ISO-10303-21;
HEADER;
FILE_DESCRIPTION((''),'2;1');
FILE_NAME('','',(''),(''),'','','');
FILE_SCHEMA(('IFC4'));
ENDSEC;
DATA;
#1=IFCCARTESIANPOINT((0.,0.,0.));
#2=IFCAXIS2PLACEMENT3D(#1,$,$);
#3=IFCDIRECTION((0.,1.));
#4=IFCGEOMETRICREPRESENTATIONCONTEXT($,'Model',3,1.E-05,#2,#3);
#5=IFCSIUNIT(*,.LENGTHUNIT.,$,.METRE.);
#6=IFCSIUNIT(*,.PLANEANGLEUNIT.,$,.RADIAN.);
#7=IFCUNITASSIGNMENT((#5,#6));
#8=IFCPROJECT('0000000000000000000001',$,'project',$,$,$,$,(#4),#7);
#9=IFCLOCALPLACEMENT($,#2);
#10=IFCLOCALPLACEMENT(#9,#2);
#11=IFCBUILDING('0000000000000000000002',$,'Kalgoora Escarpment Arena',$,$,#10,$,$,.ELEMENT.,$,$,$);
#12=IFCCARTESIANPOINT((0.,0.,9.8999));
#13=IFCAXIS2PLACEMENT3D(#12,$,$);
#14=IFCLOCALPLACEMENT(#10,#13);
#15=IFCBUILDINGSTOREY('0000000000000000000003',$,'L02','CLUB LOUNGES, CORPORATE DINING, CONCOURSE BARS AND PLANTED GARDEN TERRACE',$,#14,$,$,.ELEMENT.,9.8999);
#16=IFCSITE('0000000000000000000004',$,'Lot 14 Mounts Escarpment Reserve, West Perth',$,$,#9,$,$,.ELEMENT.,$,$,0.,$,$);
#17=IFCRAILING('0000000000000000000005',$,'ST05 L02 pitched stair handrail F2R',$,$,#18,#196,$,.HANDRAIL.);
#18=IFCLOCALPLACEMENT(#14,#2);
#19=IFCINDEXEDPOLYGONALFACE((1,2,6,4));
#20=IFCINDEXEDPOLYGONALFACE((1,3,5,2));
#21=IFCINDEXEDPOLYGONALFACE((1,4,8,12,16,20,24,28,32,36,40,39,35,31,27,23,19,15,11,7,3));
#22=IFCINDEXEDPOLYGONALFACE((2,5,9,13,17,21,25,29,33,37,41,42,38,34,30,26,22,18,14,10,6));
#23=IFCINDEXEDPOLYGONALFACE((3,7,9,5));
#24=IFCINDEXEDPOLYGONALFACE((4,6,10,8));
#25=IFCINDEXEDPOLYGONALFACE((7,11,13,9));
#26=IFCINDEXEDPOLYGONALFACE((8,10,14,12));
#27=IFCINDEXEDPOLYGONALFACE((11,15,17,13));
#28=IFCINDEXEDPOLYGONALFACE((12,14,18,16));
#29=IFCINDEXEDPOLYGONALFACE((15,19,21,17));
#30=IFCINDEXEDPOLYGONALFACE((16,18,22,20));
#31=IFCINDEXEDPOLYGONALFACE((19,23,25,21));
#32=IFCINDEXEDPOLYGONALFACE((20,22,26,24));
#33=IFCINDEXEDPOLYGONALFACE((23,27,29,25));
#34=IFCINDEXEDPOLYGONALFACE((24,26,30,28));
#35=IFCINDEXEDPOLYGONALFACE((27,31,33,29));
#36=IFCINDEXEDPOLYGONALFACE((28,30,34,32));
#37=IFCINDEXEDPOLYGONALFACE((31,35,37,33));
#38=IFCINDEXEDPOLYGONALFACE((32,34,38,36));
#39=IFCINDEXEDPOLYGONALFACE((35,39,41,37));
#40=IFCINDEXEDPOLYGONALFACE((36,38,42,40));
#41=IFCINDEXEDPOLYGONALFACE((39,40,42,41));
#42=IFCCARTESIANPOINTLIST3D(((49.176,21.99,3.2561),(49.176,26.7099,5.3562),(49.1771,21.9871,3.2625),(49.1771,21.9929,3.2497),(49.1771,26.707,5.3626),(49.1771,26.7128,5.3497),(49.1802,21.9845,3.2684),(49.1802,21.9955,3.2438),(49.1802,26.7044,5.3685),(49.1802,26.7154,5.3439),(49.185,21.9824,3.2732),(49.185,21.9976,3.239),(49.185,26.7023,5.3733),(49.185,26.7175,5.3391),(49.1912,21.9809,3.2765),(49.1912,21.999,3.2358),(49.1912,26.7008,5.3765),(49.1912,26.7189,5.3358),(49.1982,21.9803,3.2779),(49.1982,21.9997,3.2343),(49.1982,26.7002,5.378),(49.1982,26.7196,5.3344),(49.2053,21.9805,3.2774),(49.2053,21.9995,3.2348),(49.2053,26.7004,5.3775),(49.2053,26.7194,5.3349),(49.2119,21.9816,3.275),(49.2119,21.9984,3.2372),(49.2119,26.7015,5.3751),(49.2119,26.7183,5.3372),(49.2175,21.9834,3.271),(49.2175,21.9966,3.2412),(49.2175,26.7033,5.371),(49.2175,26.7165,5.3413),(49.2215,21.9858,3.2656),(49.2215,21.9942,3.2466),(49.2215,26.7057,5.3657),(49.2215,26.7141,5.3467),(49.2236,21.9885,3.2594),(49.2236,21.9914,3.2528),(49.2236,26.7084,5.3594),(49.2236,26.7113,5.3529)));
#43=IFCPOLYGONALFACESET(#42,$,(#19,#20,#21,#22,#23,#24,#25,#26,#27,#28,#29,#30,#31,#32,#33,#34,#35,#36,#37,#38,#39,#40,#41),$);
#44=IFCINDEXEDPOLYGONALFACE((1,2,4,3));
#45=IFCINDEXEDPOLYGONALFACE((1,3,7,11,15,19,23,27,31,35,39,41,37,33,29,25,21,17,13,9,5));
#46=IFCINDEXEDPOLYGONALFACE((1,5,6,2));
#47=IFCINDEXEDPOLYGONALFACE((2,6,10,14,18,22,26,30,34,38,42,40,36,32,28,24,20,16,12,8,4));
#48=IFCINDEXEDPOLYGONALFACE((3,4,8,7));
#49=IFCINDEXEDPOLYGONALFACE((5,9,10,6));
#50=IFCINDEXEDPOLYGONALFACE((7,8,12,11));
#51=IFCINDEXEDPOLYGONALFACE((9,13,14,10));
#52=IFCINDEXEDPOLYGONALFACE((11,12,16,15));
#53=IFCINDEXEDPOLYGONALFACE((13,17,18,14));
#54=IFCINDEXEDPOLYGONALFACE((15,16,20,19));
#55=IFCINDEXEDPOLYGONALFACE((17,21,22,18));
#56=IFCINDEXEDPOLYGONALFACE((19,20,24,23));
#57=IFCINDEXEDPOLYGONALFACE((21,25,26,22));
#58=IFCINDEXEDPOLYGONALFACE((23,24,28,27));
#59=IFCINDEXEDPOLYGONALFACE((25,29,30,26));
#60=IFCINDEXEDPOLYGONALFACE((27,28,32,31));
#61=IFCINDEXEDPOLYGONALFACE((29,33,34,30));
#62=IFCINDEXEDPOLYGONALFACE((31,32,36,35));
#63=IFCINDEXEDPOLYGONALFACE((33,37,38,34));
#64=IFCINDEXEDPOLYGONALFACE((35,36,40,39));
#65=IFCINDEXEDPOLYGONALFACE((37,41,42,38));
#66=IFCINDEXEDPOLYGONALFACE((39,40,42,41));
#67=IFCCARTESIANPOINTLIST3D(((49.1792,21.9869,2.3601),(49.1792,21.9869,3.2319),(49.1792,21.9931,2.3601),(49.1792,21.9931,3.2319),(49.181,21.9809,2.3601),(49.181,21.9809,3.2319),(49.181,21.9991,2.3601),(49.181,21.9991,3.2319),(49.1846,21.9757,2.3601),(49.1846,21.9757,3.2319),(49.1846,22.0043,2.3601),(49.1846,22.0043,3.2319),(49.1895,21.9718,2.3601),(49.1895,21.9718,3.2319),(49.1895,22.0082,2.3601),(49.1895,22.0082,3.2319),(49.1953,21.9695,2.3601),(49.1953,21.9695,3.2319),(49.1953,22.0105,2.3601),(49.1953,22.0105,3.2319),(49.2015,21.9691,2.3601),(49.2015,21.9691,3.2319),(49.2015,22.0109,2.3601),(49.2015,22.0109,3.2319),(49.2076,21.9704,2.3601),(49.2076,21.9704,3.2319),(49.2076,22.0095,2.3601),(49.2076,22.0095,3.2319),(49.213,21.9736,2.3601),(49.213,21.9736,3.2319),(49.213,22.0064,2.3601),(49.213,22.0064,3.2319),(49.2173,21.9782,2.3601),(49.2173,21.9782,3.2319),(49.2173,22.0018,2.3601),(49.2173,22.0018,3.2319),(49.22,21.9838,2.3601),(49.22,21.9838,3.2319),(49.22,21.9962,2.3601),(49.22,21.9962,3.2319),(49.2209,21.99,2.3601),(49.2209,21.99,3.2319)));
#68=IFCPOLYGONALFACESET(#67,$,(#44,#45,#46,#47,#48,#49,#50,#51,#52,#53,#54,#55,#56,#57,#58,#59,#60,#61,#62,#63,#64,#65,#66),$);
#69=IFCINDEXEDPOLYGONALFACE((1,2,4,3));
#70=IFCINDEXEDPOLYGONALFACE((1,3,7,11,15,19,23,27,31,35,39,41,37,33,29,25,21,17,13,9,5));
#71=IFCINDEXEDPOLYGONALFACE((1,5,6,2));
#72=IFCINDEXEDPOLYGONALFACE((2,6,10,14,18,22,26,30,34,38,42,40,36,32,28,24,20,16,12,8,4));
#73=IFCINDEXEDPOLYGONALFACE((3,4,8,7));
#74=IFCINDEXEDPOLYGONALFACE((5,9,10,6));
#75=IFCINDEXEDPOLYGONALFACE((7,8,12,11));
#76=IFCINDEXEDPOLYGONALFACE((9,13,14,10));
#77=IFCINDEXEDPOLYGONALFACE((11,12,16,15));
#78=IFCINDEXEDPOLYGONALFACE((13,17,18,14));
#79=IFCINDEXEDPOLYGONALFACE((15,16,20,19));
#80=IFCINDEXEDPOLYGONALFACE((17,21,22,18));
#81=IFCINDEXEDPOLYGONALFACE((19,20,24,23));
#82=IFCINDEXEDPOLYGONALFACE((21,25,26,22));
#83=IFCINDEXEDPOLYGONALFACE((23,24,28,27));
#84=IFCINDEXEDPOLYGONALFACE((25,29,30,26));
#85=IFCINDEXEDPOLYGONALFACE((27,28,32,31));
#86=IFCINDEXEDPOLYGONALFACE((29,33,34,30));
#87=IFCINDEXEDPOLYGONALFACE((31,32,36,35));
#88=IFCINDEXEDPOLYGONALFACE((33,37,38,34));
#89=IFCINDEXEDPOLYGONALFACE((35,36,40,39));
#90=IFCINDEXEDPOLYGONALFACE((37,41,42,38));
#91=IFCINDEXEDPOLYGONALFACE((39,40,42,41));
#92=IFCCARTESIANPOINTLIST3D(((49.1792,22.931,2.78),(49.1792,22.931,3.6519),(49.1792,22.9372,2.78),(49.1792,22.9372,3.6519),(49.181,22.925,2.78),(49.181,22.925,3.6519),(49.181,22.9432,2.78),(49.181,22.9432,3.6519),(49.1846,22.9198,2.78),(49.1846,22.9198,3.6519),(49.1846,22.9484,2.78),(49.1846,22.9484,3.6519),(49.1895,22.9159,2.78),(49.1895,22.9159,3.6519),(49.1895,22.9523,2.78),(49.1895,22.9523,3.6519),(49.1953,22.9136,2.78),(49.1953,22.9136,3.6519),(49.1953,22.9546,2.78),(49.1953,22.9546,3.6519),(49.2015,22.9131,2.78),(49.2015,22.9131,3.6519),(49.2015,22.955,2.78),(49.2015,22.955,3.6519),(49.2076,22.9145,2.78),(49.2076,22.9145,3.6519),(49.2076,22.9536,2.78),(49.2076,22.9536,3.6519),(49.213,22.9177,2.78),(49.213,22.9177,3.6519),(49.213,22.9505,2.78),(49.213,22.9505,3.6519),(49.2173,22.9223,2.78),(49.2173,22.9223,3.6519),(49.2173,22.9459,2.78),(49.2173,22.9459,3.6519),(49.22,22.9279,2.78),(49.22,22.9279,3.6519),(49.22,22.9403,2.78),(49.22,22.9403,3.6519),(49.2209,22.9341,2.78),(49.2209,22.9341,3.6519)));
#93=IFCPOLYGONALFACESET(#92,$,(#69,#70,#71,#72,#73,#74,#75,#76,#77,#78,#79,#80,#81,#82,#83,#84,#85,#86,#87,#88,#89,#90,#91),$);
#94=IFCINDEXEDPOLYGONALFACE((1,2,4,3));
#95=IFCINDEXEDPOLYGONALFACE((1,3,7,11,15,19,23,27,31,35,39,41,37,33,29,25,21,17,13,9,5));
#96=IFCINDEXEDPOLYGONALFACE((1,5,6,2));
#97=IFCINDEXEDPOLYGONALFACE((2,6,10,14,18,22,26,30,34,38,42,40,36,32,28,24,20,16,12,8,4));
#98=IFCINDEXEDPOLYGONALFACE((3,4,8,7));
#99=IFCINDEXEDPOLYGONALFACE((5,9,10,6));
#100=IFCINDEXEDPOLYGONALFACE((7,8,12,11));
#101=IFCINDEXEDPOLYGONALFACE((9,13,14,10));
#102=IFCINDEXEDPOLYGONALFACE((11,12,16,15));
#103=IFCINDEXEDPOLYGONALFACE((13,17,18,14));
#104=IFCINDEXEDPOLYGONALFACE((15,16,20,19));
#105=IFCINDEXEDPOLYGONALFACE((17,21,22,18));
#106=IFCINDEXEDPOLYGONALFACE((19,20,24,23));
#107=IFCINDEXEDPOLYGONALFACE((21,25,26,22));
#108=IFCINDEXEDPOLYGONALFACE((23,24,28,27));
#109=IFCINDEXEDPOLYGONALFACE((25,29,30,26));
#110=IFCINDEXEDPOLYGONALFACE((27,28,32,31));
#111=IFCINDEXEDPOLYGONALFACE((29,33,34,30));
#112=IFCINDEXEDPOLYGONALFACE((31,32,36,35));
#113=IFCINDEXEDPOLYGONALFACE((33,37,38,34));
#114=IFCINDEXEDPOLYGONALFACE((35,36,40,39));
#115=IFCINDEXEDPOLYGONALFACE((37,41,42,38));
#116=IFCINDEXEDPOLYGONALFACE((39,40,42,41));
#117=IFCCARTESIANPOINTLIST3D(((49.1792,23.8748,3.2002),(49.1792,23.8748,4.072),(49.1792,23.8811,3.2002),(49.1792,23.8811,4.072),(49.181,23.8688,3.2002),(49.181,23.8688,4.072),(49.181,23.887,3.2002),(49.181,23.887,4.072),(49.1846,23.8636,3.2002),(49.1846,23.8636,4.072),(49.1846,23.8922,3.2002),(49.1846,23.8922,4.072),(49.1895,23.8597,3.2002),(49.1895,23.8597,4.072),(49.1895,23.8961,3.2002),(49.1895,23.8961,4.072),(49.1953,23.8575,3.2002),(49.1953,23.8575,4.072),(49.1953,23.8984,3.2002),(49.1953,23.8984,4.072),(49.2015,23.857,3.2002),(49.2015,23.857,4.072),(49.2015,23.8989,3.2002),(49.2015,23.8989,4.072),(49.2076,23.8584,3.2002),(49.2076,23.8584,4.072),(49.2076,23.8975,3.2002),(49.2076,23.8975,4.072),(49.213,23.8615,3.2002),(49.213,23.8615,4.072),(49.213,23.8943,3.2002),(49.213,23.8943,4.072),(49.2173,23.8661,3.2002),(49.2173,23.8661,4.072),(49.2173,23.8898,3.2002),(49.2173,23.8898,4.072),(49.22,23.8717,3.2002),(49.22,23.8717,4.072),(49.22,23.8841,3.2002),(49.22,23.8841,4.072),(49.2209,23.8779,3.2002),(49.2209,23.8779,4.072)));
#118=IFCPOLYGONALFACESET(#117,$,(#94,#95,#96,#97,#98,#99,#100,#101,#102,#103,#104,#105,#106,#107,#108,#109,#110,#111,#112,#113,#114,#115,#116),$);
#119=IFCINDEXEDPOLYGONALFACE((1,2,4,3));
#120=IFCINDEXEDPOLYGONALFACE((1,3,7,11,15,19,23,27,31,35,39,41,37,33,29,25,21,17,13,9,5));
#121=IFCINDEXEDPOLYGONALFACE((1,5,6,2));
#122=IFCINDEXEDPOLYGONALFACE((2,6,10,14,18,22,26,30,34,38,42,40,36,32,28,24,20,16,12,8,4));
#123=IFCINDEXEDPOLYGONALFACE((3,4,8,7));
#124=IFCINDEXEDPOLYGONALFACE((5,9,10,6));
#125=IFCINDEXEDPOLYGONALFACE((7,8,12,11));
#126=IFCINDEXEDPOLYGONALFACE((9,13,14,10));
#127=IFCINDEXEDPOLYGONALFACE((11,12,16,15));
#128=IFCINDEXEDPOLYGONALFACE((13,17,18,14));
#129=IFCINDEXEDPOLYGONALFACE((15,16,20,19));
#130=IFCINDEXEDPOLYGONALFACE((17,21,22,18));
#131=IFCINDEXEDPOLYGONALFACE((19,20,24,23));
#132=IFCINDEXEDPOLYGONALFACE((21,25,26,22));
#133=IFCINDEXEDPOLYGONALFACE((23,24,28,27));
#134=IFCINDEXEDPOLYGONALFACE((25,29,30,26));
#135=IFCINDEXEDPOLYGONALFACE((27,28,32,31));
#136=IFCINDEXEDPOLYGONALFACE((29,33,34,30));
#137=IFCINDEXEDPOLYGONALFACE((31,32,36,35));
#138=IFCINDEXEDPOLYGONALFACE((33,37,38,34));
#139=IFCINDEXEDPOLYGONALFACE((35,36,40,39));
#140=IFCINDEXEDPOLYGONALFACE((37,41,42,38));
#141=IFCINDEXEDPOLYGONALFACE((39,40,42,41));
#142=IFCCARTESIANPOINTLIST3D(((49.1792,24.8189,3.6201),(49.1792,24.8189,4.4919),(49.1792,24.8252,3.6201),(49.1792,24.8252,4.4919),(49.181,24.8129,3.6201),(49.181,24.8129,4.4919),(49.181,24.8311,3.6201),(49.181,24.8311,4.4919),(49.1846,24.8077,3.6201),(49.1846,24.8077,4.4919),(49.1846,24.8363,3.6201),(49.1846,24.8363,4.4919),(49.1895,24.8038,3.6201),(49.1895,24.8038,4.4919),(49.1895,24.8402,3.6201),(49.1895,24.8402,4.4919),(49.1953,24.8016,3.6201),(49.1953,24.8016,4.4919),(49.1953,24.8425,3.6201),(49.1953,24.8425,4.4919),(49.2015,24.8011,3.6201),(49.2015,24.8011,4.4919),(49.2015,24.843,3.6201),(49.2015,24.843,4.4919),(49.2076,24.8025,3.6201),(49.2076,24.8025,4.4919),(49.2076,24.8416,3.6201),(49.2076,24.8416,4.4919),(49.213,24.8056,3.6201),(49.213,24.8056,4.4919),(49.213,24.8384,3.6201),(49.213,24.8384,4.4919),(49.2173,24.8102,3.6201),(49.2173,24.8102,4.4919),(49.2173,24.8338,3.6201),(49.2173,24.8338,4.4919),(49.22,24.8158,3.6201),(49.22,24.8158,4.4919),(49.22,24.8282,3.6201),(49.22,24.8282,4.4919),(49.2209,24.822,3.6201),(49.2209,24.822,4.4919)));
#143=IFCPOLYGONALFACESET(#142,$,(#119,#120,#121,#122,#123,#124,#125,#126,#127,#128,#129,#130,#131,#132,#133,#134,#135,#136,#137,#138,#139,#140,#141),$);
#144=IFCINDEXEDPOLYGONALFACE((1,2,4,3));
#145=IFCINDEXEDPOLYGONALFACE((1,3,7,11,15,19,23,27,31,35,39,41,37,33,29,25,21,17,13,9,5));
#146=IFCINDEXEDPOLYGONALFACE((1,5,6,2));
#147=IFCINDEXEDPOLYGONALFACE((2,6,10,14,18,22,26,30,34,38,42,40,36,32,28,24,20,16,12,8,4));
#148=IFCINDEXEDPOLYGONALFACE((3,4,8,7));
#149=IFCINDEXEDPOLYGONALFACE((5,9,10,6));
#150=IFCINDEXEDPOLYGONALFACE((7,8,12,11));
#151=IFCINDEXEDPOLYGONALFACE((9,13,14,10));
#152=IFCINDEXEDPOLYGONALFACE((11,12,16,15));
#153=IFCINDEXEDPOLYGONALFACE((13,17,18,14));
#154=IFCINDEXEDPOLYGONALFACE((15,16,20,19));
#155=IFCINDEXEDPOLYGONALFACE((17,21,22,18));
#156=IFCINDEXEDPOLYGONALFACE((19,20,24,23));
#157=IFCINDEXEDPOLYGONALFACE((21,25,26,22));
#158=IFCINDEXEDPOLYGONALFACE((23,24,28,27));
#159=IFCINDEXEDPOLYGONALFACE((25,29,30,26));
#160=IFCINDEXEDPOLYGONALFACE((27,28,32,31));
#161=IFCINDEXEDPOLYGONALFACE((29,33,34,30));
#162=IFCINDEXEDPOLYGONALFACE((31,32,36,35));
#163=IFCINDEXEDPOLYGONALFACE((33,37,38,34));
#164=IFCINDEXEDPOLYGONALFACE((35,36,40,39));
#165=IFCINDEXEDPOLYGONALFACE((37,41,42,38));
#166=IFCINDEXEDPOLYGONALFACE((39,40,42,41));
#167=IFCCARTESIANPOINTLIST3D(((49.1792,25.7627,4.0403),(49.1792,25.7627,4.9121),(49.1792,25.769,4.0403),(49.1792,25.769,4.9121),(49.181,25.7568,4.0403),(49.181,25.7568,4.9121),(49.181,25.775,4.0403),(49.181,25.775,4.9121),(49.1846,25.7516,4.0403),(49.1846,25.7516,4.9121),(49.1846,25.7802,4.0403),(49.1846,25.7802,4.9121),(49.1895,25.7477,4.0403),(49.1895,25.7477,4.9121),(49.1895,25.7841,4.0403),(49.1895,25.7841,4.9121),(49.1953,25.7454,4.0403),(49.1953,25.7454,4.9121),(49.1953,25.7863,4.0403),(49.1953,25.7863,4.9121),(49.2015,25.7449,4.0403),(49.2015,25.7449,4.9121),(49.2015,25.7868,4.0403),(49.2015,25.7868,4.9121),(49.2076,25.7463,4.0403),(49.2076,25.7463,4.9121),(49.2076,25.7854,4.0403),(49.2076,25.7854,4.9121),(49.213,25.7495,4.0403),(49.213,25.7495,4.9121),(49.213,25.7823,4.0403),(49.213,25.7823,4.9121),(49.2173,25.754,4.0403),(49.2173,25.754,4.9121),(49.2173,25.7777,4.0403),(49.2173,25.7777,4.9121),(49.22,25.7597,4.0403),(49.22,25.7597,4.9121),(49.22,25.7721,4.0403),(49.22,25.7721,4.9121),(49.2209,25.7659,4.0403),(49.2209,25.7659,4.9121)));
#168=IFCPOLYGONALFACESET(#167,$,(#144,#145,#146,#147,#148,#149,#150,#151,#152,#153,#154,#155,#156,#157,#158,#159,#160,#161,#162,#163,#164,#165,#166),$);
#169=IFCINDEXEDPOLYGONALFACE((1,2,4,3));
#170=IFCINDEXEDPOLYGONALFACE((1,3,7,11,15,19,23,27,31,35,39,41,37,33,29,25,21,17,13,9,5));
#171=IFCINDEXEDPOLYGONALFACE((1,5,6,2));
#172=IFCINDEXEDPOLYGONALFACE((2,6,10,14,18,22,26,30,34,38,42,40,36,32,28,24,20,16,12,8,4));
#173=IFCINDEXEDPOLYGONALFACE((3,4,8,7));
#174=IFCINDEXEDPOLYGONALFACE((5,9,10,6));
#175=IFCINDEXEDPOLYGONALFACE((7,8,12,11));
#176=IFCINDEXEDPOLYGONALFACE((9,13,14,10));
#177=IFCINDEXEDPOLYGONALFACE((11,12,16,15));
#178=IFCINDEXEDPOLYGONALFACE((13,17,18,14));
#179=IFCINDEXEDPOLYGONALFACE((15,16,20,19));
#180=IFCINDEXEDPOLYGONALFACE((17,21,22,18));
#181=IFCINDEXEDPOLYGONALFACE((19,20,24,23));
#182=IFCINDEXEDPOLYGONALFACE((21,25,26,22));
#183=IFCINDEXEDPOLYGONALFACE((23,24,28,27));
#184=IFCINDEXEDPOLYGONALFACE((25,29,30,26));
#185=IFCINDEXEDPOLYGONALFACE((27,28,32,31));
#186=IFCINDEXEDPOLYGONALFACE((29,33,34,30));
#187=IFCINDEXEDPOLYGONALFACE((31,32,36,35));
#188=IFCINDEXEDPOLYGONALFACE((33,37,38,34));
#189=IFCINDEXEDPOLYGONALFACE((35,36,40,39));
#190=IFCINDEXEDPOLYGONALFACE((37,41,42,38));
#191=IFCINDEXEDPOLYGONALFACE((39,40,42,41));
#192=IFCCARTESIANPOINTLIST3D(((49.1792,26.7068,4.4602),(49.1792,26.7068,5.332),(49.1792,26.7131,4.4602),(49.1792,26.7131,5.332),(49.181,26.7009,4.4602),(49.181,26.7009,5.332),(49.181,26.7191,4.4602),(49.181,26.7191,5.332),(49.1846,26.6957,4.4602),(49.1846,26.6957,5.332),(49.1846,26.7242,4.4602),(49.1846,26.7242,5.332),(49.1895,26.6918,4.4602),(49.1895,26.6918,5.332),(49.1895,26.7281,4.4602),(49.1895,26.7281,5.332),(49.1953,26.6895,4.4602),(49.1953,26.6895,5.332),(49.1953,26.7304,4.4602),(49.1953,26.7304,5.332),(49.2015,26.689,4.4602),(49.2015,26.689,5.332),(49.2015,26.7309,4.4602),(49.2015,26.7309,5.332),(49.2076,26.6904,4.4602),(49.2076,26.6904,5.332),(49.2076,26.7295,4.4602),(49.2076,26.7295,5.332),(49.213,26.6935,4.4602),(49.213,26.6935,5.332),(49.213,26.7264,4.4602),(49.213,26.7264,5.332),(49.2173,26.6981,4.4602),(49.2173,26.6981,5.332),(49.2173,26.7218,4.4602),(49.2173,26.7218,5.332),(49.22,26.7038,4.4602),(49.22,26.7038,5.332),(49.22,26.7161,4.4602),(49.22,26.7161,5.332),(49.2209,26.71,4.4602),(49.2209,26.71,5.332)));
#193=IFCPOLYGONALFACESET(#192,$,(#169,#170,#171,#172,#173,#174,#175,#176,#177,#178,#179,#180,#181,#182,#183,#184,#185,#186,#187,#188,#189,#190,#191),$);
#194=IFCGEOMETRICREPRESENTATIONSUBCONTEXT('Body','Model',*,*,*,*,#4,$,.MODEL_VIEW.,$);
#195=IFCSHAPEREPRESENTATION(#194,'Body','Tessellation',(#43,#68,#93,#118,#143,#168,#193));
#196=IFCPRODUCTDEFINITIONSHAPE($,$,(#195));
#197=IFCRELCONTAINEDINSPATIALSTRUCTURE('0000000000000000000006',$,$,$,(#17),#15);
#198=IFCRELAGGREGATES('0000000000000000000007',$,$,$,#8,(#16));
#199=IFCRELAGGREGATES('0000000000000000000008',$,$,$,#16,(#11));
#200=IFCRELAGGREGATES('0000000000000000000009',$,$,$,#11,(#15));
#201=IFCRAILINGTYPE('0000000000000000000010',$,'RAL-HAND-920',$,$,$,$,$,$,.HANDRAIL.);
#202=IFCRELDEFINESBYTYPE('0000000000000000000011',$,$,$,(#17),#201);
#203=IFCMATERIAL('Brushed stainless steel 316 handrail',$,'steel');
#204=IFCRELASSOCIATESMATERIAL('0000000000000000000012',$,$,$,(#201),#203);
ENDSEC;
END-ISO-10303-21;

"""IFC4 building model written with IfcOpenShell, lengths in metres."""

from ifc_helpers import new_model, si_unit, direction, frame, origin, origin_2d, place, context, subcontext, project, spatial, circle, extrude, material, type_object, element, save


model = new_model("IFC4")

# Units and contexts
model_context = context("Model", 3, precision=1e-05, world=origin(), true_north=direction((0.0, 1.0)))
body_context = subcontext(model_context, "Body", "Model", "MODEL_VIEW")
ifc_project = project(units=[si_unit("LENGTHUNIT", "METRE"), si_unit("PLANEANGLEUNIT", "RADIAN")], contexts=[model_context])

# Site, building, storey
site_placement = place(None, origin())
site = spatial("IfcSite", under=ifc_project, at=site_placement, Name="Lot 14 Mounts Escarpment Reserve, West Perth", CompositionType="ELEMENT", RefElevation=0.0)
building_placement = place(site_placement, origin())
building = spatial("IfcBuilding", under=site, at=building_placement, Name="Kalgoora Escarpment Arena", CompositionType="ELEMENT")
storey_placement = place(building_placement, frame((0.0, 0.0, 9.8999)))
storey = spatial("IfcBuildingStorey", under=building, at=storey_placement, Name="L02", Description="CLUB LOUNGES, CORPORATE DINING, CONCOURSE BARS AND PLANTED GARDEN TERRACE", CompositionType="ELEMENT", Elevation=9.8999)

# Railing
ifc_material_1 = material(Name="Brushed stainless steel 316 handrail", Category="steel")
railing_type_1 = type_object("IfcRailingType", Name="RAL-HAND-920", PredefinedType="HANDRAIL", material=ifc_material_1)
for number, where, name in (
    (1, (49.2, 21.99, 2.3601), "ST05 L02 pitched stair handrail F2R"),
):
    element("IfcRailing", number, at=place(storey_placement, frame(where)), inside=storey, type_object=railing_type_1, Name=name, PredefinedType="HANDRAIL", context=body_context, shape_type="SweptSolid", body=[
        extrude(circle(Radius=0.0239, at=origin_2d()), frame((0.0, 0.0, 0.896), z_axis=(0.0, 0.913644, 0.406516), x_axis=(-1.0, 0.0, 0.0)), (0.0, 0.0, 1.0), 5.166),
        extrude(circle(Radius=0.021, at=origin_2d()), origin(), (0.0, 0.0, 1.0), 0.8718),
        extrude(circle(Radius=0.021, at=origin_2d()), frame((0.0, 0.9441, 0.4199)), (0.0, 0.0, 1.0), 0.8718),
        extrude(circle(Radius=0.021, at=origin_2d()), frame((0.0, 1.8879, 0.8401)), (0.0, 0.0, 1.0), 0.8718),
        extrude(circle(Radius=0.021, at=origin_2d()), frame((0.0, 2.832, 1.26)), (0.0, 0.0, 1.0), 0.8718),
        extrude(circle(Radius=0.021, at=origin_2d()), frame((0.0, 3.7759, 1.6802)), (0.0, 0.0, 1.0), 0.8718),
        extrude(circle(Radius=0.021, at=origin_2d()), frame((0.0, 4.72, 2.1001)), (0.0, 0.0, 1.0), 0.8718),
    ])

save(model, "model.ifc")
